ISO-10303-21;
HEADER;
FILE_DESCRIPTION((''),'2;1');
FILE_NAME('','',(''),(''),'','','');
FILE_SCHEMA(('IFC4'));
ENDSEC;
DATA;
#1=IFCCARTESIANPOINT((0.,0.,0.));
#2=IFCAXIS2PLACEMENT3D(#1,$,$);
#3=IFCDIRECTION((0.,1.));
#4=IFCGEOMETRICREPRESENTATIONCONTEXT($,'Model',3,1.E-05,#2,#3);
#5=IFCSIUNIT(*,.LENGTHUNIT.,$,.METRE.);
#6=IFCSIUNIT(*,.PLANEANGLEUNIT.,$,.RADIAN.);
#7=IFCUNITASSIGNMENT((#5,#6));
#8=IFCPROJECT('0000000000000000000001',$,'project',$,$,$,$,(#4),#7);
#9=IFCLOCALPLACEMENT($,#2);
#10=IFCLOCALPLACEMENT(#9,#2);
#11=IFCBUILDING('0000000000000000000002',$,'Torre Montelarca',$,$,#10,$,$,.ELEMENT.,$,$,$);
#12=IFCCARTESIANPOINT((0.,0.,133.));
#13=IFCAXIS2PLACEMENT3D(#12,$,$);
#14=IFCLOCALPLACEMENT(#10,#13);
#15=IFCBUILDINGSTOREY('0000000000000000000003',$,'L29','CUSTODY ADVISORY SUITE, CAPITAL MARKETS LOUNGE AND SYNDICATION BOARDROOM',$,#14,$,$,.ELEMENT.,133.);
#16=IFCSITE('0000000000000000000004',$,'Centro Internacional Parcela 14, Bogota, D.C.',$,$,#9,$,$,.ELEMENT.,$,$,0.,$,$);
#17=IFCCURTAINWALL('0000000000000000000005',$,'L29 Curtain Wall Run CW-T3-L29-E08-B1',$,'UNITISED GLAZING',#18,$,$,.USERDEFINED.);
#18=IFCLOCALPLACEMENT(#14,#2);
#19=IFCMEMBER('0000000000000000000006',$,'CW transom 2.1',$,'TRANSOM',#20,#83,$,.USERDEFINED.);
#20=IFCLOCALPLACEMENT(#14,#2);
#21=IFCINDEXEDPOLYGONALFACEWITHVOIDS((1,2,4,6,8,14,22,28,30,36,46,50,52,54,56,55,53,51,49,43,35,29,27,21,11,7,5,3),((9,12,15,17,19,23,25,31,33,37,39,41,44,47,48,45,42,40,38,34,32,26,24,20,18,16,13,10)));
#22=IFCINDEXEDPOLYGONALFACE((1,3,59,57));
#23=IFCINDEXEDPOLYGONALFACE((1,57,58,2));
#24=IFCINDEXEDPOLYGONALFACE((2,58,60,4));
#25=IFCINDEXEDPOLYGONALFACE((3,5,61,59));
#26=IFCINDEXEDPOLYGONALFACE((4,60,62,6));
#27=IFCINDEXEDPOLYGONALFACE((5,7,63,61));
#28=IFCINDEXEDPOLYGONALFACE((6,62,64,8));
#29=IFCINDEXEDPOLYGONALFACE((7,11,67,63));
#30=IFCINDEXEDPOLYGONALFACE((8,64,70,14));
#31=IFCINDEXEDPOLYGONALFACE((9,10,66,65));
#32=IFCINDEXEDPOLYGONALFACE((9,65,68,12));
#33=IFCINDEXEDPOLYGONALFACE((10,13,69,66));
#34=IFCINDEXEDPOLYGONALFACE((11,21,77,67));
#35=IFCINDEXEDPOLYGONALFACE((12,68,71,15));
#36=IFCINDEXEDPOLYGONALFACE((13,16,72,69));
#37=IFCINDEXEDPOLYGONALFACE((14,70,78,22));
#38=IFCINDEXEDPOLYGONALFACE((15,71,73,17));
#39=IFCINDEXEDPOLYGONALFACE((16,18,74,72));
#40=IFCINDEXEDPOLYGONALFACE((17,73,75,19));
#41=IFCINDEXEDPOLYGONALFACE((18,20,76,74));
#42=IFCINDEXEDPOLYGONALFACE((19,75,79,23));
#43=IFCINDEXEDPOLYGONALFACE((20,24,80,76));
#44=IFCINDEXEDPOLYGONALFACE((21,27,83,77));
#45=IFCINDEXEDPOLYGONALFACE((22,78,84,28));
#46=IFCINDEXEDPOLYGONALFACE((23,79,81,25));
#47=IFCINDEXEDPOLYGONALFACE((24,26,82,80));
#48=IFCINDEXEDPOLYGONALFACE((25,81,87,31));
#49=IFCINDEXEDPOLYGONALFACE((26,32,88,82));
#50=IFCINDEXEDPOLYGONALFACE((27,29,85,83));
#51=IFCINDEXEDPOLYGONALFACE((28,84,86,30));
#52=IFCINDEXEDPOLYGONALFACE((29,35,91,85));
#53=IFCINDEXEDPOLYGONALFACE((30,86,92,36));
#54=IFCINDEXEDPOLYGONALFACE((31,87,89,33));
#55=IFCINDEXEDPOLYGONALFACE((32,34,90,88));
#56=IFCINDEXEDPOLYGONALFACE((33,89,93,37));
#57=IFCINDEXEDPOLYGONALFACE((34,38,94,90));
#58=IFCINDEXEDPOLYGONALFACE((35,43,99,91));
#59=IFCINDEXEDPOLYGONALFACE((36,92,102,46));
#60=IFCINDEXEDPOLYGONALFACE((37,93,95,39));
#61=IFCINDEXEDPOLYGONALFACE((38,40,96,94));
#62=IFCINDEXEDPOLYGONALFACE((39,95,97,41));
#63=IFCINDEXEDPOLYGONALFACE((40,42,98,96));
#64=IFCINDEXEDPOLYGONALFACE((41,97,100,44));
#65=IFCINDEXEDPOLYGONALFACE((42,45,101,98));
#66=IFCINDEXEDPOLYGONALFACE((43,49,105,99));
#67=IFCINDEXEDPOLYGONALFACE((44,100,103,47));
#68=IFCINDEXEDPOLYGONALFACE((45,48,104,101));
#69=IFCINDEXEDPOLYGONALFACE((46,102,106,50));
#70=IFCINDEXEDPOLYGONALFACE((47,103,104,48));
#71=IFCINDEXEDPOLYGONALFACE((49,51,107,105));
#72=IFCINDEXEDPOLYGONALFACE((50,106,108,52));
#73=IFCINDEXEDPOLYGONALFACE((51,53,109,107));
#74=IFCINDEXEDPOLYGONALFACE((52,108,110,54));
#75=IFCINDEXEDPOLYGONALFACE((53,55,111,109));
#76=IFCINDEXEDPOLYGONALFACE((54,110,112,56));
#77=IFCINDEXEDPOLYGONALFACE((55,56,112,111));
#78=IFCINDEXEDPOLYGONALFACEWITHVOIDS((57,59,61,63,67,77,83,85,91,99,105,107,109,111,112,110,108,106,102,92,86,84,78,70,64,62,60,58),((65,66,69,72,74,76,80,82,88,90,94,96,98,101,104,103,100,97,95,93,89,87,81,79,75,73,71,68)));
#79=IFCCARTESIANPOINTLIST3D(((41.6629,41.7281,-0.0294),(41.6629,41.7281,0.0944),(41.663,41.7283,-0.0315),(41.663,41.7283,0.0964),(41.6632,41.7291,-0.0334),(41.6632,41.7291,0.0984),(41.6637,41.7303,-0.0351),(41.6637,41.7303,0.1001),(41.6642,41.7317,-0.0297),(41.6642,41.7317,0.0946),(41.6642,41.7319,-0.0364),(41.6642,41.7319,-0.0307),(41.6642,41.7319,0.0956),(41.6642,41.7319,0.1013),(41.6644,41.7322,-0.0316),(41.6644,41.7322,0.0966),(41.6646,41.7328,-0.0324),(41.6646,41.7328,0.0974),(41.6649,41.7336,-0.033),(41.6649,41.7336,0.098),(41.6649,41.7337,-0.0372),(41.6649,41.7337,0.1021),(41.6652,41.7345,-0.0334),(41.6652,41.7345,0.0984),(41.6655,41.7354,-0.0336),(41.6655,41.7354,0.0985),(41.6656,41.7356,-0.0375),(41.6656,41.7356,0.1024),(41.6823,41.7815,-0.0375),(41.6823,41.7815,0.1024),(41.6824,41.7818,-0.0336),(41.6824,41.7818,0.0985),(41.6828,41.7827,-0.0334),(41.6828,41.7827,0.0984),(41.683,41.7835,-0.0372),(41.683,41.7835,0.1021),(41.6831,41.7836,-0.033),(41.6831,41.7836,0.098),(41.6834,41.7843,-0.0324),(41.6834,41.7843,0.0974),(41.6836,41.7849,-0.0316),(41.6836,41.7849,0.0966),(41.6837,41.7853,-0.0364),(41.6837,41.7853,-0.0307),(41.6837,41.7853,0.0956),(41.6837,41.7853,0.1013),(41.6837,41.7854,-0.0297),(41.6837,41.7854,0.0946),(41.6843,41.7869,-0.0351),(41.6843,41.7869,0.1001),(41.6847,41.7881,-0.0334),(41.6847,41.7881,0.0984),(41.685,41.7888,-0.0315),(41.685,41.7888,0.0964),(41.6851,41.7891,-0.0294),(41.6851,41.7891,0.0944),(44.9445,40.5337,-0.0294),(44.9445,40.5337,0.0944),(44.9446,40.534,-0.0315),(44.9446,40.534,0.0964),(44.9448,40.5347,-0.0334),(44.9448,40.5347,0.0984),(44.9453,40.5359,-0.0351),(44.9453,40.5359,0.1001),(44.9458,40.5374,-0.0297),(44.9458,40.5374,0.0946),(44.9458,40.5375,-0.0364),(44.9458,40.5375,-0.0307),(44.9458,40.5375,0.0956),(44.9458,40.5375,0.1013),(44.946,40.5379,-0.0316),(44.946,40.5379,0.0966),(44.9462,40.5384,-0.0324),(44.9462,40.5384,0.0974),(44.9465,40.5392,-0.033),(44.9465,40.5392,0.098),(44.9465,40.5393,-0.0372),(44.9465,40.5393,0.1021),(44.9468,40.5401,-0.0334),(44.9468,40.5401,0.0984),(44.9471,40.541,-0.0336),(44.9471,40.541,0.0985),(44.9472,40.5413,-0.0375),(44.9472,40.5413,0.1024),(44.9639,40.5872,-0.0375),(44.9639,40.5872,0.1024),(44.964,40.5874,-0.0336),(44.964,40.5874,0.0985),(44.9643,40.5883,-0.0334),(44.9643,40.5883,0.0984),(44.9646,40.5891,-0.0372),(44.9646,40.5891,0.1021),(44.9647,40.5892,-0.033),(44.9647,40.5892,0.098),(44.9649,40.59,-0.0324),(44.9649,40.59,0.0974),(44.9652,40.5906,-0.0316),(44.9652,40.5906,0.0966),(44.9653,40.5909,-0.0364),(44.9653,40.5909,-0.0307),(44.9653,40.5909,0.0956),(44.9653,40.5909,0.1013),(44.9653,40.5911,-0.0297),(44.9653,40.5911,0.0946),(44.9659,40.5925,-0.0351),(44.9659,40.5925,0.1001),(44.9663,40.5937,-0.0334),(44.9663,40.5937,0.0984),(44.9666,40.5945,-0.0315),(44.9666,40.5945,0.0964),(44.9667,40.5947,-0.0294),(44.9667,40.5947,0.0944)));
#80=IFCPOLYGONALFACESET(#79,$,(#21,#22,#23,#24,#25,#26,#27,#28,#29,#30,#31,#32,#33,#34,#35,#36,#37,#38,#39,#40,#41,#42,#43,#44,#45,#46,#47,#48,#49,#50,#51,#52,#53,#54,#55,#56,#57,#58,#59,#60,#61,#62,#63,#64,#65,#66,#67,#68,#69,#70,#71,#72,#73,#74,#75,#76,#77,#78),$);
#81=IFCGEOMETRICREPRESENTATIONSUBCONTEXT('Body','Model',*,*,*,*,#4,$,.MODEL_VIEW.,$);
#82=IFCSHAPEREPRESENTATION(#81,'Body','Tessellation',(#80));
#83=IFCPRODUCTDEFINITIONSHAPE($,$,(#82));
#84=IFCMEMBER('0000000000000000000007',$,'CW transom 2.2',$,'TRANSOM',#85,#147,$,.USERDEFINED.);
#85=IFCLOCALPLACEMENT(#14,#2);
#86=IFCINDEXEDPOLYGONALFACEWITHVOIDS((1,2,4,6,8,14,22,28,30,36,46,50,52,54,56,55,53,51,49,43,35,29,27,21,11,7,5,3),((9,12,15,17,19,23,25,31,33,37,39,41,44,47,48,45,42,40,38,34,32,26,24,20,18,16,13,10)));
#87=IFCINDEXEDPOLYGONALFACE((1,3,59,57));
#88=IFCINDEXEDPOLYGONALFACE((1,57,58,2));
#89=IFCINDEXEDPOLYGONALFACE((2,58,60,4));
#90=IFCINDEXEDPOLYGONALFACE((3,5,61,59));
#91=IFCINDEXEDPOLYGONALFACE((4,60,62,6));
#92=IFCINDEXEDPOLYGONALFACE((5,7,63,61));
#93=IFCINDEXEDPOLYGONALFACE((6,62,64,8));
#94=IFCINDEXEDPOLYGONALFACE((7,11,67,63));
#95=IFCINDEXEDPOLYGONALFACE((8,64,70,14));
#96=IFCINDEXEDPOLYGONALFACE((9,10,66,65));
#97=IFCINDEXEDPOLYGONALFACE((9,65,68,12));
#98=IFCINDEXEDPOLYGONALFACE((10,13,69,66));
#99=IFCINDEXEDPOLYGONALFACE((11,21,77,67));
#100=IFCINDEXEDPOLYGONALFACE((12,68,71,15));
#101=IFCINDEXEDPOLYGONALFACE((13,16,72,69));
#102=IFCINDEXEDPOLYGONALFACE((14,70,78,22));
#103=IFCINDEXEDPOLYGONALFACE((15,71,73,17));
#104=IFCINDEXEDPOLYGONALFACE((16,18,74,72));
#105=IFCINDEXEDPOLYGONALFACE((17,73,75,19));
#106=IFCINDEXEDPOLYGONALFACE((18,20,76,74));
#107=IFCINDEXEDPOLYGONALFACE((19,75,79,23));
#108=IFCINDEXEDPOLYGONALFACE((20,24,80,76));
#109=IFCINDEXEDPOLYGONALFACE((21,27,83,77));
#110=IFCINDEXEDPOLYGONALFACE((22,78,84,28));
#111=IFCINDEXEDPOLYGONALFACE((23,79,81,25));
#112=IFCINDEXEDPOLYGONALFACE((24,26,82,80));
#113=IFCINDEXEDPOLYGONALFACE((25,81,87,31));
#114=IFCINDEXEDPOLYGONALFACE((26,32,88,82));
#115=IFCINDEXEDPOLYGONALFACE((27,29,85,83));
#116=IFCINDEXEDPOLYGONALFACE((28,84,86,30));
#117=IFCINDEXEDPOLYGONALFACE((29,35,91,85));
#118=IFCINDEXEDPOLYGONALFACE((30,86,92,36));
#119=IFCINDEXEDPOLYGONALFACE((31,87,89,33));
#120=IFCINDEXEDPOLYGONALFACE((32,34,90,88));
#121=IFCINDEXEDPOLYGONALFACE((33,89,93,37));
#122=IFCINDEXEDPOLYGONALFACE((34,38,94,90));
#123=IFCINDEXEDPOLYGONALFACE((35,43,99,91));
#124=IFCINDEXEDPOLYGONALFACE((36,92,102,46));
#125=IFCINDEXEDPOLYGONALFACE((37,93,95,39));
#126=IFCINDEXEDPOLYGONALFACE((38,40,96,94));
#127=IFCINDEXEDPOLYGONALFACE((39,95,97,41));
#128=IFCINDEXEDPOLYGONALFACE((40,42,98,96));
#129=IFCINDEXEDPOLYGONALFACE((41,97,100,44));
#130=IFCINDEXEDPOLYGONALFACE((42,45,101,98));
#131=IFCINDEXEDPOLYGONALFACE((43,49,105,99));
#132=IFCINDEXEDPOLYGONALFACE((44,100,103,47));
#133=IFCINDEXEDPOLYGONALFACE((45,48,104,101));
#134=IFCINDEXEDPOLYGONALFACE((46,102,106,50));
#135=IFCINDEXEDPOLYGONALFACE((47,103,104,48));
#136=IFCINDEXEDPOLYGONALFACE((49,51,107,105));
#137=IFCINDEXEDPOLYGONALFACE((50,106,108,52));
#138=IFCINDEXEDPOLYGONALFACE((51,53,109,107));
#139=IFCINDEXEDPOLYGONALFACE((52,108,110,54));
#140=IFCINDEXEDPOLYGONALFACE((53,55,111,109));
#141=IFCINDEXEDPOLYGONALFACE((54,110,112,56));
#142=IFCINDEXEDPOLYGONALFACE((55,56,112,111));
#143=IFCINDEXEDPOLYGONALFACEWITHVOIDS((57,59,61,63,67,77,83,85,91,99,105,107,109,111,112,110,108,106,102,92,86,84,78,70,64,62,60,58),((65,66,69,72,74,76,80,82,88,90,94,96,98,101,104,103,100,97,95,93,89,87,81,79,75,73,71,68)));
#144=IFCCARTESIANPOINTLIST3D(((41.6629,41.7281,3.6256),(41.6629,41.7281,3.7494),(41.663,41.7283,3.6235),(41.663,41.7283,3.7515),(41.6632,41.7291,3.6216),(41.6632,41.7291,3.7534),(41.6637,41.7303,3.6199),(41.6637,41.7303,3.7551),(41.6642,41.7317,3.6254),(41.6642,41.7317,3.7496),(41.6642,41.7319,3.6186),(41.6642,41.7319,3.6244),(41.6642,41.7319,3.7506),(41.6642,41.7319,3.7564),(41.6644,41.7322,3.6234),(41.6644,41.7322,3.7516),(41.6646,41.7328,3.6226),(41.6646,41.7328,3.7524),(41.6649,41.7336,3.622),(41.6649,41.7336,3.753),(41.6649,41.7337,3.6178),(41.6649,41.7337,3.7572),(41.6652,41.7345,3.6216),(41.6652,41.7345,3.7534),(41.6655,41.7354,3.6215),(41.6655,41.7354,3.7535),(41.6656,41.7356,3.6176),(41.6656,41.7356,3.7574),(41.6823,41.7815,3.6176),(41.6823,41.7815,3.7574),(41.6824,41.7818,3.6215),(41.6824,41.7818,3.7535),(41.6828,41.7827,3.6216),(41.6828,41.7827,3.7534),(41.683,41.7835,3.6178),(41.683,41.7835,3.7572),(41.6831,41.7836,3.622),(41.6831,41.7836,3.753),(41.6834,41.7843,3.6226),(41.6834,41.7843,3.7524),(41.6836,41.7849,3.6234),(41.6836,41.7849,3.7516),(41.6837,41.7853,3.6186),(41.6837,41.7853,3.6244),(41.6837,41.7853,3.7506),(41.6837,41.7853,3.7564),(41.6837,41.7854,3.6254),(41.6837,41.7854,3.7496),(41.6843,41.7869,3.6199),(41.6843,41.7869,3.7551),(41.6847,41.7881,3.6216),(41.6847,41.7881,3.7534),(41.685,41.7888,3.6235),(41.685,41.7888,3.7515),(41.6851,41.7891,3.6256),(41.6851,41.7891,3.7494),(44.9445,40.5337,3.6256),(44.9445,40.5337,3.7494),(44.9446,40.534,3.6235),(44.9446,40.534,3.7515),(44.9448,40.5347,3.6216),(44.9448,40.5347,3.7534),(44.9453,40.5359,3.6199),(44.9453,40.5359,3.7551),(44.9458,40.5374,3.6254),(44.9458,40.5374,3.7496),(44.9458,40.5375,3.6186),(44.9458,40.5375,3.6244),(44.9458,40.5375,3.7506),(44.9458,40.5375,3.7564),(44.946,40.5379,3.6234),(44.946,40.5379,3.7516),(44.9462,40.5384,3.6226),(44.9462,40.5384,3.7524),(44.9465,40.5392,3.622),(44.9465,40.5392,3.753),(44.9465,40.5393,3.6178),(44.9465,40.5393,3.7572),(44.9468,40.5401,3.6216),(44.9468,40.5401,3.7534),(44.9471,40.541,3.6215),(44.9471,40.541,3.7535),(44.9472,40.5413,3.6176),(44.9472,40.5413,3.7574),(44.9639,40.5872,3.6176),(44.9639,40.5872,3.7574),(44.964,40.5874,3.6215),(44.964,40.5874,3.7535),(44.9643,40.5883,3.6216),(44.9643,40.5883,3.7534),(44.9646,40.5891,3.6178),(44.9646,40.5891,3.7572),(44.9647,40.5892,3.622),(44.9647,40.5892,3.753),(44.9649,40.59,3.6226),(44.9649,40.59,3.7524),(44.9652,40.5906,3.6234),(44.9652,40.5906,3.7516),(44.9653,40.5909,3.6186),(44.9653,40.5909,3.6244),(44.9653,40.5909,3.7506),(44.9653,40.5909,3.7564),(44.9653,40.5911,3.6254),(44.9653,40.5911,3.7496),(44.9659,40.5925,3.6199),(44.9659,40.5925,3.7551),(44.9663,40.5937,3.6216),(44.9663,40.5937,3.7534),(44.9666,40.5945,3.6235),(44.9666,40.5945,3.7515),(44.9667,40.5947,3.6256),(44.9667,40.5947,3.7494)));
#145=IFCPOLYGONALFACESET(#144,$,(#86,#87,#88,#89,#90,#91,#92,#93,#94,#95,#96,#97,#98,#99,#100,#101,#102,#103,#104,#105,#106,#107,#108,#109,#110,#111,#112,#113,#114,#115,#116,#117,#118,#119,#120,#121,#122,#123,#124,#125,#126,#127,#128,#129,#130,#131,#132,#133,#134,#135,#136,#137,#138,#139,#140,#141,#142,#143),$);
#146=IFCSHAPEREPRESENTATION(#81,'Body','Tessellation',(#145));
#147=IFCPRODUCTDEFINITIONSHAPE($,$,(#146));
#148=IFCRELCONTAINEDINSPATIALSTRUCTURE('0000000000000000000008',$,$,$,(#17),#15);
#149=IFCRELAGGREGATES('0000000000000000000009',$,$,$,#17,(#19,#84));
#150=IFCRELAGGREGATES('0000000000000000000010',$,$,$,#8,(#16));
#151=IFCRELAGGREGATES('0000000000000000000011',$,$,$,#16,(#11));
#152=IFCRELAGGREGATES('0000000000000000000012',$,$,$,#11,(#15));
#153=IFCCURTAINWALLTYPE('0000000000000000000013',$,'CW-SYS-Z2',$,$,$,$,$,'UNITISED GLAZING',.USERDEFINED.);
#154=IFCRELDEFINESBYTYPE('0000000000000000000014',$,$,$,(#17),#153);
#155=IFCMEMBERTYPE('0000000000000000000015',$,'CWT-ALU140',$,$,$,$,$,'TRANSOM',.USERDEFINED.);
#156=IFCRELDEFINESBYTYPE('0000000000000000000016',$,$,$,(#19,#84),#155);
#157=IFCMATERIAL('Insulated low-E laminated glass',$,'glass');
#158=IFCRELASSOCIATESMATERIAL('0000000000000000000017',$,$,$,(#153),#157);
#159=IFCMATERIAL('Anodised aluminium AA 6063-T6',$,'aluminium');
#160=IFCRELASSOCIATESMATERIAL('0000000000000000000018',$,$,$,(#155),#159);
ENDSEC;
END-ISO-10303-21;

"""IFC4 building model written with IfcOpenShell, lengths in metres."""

from ifc_helpers import new_model, si_unit, direction, frame, origin, origin_2d, place, context, subcontext, project, spatial, hollow_rectangle, extrude, source, transform, mapped, material, material_profile, profile_set, type_object, element, aggregate, save


model = new_model("IFC4")

# Units and contexts
model_context = context("Model", 3, precision=1e-05, world=origin(), true_north=direction((0.0, 1.0)))
body_context = subcontext(model_context, "Body", "Model", "MODEL_VIEW")
ifc_project = project(units=[si_unit("LENGTHUNIT", "METRE"), si_unit("PLANEANGLEUNIT", "RADIAN")], contexts=[model_context])

# Site, building, storey
site_placement = place(None, origin())
site = spatial("IfcSite", under=ifc_project, at=site_placement, Name="Centro Internacional Parcela 14, Bogota, D.C.", CompositionType="ELEMENT", RefElevation=0.0)
building_placement = place(site_placement, origin())
building = spatial("IfcBuilding", under=site, at=building_placement, Name="Torre Montelarca", CompositionType="ELEMENT")
storey_placement = place(building_placement, frame((0.0, 0.0, 133.0)))
storey = spatial("IfcBuildingStorey", under=building, at=storey_placement, Name="L29", Description="CUSTODY ADVISORY SUITE, CAPITAL MARKETS LOUNGE AND SYNDICATION BOARDROOM", CompositionType="ELEMENT", Elevation=133.0)

# Shared definitions
ifc_material_1 = material(Name="Insulated low-E laminated glass", Category="glass")
curtain_wall_type = type_object("IfcCurtainWallType", Name="CW-SYS-Z2", ElementType="UNITISED GLAZING", PredefinedType="USERDEFINED", material=ifc_material_1)
ifc_material_2 = material(Name="Anodised aluminium AA 6063-T6", Category="aluminium")
ifc_material_profile_1 = material_profile(ifc_material_2, hollow_rectangle(XDim=0.0649, YDim=0.1399, WallThickness=0.0039, InnerFilletRadius=0.0039, OuterFilletRadius=0.0081, at=origin_2d()), Name="ALU65X140X4", Category="aluminium")
ifc_profile_set_1 = profile_set([ifc_material_profile_1], Name="Anodised aluminium AA 6063-T6")
member_type_1 = type_object("IfcMemberType", Name="CWT-ALU140", ElementType="TRANSOM", PredefinedType="USERDEFINED", material=ifc_profile_set_1)

# Curtain wall
curtain_wall_1_placement = place(storey_placement, origin())
curtain_wall_1 = element("IfcCurtainWall", 1, at=curtain_wall_1_placement, inside=storey, type_object=curtain_wall_type, Name="L29 Curtain Wall Run CW-T3-L29-E08-B1", ObjectType="UNITISED GLAZING", PredefinedType="USERDEFINED")

# Members
shared_shape_1 = source(origin(), body_context, "Body", "SweptSolid", [
    extrude(hollow_rectangle(XDim=0.0649, YDim=0.1399, WallThickness=0.0039, InnerFilletRadius=0.0039, OuterFilletRadius=0.0081, at=origin_2d()), origin(), (0.0, 0.0, 1.0), 3.4922),
])
member_1_placement = place(storey_placement, frame((44.9556, 40.5642, 0.0325), z_axis=(-0.939695, 0.342012, 0.0), x_axis=(-0.342012, -0.939695, 0.0)))
member_1 = element("IfcMember", 2, at=member_1_placement, type_object=member_type_1, Name="CW transom 2.1", ObjectType="TRANSOM", PredefinedType="USERDEFINED", context=body_context, shape_type="MappedRepresentation", body=[
    mapped(shared_shape_1, transform((0.0, 0.0, 0.0), scale=1.0)),
])
member_2_placement = place(storey_placement, frame((44.9556, 40.5642, 3.6875), z_axis=(-0.939695, 0.342012, 0.0), x_axis=(-0.342012, -0.939695, 0.0)))
member_2 = element("IfcMember", 3, at=member_2_placement, type_object=member_type_1, Name="CW transom 2.2", ObjectType="TRANSOM", PredefinedType="USERDEFINED", context=body_context, shape_type="MappedRepresentation", body=[
    mapped(shared_shape_1, transform((0.0, 0.0, 0.0), scale=1.0)),
])

aggregate(curtain_wall_1, [member_1, member_2])

save(model, "model.ifc")
